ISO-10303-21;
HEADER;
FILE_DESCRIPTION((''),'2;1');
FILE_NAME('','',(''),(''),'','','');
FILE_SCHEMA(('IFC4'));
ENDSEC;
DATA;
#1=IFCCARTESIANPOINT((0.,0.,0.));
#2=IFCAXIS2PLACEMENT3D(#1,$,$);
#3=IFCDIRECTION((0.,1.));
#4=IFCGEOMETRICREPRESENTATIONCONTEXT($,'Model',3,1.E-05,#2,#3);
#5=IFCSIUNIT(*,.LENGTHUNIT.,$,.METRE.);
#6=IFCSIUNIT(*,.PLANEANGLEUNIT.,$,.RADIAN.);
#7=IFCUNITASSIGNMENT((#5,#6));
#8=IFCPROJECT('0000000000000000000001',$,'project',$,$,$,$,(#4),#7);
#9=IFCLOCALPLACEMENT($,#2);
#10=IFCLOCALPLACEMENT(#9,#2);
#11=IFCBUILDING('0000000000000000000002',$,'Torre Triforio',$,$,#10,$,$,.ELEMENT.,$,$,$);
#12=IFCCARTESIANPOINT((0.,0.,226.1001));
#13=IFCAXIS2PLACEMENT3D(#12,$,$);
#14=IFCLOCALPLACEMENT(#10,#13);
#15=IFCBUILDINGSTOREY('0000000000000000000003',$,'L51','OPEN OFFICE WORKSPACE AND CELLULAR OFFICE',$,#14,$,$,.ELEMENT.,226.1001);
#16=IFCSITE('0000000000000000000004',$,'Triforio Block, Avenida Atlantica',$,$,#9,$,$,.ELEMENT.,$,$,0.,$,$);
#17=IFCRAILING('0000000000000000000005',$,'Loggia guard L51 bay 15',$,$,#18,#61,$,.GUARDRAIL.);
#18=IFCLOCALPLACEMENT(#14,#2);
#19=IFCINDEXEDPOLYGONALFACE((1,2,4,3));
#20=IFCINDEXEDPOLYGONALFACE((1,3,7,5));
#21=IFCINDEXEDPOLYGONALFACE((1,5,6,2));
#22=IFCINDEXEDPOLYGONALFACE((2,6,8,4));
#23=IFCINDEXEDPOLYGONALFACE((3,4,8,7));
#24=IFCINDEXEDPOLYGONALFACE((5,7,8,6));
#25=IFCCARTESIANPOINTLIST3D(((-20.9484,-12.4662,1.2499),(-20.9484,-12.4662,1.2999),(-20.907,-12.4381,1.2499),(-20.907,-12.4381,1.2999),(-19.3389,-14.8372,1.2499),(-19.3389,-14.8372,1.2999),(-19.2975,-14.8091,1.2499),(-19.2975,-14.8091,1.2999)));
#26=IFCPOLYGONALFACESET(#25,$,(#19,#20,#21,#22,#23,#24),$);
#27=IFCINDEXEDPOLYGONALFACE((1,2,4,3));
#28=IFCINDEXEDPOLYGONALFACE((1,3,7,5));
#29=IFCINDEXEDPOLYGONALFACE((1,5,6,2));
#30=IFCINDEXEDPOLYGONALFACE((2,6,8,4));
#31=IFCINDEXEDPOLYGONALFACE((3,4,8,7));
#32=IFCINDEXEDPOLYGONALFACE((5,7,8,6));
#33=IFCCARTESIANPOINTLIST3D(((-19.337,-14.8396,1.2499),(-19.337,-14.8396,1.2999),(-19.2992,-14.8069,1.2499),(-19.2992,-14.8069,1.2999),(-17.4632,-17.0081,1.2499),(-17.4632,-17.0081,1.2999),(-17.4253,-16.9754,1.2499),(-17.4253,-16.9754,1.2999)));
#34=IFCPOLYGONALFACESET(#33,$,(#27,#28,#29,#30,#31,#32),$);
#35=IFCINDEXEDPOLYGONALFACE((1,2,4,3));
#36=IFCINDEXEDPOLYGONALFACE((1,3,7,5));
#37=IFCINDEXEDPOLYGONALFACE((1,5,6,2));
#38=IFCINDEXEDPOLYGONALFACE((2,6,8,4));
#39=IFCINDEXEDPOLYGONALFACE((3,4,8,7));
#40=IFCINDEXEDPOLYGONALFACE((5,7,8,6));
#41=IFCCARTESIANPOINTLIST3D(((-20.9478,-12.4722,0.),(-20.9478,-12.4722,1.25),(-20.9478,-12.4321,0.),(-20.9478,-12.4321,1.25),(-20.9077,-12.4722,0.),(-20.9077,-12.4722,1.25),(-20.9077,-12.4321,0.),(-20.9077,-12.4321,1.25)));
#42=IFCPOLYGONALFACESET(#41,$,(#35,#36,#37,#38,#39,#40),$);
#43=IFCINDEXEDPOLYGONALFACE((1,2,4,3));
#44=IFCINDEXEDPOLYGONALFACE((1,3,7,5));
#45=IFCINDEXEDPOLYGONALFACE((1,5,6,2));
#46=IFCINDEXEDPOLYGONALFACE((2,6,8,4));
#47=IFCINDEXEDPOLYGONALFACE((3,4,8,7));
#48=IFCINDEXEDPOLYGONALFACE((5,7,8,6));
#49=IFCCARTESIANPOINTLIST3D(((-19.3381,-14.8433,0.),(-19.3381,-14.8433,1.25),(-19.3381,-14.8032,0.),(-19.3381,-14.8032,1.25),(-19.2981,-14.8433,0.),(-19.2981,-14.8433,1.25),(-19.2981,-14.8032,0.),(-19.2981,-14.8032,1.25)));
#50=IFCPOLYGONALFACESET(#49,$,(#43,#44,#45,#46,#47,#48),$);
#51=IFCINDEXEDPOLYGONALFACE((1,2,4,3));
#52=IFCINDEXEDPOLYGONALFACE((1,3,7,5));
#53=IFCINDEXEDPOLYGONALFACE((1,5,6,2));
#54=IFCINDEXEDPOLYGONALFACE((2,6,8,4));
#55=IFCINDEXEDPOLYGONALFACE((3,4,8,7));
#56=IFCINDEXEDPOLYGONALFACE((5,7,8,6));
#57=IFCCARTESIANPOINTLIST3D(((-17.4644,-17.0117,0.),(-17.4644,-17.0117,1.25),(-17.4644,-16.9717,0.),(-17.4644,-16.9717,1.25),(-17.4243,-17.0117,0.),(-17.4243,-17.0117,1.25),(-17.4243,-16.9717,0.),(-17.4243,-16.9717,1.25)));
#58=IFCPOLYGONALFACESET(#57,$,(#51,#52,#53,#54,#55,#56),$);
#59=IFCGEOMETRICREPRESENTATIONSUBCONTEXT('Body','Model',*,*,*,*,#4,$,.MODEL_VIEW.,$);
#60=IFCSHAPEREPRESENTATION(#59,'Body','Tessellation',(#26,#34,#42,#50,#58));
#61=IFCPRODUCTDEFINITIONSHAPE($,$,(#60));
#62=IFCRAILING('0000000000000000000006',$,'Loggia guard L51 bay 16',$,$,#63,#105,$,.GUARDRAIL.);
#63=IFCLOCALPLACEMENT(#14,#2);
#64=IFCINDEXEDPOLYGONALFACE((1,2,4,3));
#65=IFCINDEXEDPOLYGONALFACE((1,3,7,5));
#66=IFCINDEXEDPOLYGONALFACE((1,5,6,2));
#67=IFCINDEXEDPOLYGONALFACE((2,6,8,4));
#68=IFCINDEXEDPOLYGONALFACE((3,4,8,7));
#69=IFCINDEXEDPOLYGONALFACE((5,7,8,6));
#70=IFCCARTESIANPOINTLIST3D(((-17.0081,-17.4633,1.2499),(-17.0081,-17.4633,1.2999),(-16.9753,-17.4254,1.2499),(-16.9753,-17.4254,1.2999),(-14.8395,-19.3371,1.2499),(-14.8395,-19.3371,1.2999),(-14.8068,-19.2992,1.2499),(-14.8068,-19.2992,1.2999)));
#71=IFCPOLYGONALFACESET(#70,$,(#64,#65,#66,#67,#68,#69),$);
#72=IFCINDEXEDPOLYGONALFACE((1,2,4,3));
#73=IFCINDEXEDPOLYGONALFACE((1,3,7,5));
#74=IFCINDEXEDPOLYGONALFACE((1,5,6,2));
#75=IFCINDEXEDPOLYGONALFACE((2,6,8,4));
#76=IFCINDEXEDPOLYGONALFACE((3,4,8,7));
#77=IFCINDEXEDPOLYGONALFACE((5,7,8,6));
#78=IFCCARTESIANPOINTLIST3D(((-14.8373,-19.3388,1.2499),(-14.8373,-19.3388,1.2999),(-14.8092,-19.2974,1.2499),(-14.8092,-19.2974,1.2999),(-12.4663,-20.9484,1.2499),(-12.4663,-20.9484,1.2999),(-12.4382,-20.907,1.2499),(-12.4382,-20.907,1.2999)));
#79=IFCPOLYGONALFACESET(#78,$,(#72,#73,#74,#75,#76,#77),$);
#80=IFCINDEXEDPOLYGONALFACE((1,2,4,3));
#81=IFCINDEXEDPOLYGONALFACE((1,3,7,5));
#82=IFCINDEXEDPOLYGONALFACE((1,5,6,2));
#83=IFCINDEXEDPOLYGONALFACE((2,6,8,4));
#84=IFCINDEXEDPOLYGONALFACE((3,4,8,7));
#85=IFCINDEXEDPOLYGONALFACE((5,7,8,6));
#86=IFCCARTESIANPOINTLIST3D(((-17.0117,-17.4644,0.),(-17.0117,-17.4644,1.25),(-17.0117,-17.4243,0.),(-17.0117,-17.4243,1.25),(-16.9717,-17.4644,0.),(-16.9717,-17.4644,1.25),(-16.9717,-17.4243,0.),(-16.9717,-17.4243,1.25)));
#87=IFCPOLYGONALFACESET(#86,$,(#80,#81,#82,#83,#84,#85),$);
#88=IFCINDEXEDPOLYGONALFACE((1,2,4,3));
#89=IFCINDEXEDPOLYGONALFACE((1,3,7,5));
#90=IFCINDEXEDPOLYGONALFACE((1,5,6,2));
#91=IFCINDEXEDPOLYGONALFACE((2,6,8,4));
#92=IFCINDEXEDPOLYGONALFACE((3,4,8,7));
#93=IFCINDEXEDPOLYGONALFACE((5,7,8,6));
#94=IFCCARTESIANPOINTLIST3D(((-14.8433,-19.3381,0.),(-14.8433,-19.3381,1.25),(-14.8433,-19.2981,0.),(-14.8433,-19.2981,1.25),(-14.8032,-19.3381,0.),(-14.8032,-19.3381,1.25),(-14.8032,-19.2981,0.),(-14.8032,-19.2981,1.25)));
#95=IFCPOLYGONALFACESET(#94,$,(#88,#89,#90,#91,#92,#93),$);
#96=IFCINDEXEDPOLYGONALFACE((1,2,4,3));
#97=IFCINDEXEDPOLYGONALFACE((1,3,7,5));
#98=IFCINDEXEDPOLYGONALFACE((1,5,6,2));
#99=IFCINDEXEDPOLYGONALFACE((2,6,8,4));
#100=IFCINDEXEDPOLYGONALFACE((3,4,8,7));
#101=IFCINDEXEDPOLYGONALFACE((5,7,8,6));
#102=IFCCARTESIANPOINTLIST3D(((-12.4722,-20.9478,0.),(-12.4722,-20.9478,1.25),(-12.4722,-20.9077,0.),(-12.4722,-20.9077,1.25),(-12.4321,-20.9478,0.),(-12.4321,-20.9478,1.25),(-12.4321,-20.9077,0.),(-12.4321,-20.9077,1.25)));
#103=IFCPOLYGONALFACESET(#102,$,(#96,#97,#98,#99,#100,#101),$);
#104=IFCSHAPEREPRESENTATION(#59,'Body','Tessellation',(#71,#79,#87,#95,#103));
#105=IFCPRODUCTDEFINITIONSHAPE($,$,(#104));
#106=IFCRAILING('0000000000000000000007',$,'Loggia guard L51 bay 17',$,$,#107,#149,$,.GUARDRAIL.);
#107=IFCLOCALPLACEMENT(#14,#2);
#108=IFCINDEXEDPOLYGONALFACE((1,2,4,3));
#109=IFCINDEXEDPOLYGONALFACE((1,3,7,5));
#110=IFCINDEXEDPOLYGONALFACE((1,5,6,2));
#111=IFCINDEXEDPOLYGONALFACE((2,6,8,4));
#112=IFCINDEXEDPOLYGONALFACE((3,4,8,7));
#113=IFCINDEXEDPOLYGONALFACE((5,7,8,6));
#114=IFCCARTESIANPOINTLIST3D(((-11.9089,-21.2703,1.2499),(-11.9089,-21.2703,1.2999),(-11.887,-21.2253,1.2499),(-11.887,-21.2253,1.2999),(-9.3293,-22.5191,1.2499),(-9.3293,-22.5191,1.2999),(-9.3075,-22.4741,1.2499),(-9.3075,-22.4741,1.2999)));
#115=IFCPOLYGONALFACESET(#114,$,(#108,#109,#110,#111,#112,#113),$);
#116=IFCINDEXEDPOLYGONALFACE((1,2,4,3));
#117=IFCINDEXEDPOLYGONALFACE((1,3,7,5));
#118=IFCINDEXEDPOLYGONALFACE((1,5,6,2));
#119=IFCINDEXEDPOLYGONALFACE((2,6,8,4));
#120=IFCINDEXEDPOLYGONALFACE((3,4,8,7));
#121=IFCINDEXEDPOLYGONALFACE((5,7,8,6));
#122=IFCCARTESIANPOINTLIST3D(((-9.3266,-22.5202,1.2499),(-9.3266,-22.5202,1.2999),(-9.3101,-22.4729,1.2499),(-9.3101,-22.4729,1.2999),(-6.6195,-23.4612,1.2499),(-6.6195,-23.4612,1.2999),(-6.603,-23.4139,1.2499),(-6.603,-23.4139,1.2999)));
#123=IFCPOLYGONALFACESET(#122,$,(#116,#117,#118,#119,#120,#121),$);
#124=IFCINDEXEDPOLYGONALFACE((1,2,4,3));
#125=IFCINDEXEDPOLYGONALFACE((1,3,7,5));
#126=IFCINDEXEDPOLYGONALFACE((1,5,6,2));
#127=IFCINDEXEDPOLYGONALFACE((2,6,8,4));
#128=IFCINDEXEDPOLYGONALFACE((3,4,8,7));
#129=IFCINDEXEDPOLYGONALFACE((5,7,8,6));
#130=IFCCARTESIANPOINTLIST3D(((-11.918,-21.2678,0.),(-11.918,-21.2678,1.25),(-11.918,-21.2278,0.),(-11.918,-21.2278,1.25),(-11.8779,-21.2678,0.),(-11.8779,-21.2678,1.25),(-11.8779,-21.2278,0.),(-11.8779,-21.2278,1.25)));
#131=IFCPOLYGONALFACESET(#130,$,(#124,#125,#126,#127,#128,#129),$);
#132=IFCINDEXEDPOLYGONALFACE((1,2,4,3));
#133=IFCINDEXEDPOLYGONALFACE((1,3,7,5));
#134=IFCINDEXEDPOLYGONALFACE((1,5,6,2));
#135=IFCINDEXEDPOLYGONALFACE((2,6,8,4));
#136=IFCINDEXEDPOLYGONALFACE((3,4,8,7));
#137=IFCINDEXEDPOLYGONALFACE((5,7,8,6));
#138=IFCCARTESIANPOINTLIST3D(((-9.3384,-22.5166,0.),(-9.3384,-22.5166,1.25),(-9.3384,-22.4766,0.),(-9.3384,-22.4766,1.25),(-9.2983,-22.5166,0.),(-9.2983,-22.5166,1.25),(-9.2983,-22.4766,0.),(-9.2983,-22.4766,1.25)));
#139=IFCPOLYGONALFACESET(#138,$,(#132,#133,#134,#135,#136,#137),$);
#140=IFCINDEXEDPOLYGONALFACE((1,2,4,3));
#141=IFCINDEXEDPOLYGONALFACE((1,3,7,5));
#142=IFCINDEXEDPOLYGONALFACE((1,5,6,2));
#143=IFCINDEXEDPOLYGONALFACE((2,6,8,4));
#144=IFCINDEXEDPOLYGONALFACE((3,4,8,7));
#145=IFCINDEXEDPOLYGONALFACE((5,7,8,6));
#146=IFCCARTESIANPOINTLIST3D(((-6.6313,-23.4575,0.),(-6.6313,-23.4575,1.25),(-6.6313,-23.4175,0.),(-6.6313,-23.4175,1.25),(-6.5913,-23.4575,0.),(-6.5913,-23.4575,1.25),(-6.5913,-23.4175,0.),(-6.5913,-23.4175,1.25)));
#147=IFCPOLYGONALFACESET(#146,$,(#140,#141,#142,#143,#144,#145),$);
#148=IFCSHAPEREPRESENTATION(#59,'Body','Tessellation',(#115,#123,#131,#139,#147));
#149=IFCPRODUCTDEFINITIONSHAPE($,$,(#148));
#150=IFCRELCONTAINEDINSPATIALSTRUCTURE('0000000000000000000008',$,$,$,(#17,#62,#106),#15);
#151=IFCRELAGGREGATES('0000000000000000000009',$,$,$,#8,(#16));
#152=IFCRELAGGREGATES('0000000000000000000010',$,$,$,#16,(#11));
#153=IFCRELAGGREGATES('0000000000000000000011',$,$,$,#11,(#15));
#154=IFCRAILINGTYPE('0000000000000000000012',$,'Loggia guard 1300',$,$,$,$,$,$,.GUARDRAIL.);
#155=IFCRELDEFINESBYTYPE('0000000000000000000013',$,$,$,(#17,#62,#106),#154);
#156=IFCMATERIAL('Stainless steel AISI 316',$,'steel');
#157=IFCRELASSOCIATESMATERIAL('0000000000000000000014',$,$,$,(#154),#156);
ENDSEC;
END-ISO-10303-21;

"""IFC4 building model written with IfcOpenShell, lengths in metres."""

from ifc_helpers import new_model, si_unit, direction, frame, origin, origin_2d, place, context, subcontext, project, spatial, rectangle, extrude, material, type_object, element, save


model = new_model("IFC4")

# Units and contexts
model_context = context("Model", 3, precision=1e-05, world=origin(), true_north=direction((0.0, 1.0)))
body_context = subcontext(model_context, "Body", "Model", "MODEL_VIEW")
ifc_project = project(units=[si_unit("LENGTHUNIT", "METRE"), si_unit("PLANEANGLEUNIT", "RADIAN")], contexts=[model_context])

# Site, building, storey
site_placement = place(None, origin())
site = spatial("IfcSite", under=ifc_project, at=site_placement, Name="Triforio Block, Avenida Atlantica", CompositionType="ELEMENT", RefElevation=0.0)
building_placement = place(site_placement, origin())
building = spatial("IfcBuilding", under=site, at=building_placement, Name="Torre Triforio", CompositionType="ELEMENT")
storey_placement = place(building_placement, frame((0.0, 0.0, 226.1001)))
storey = spatial("IfcBuildingStorey", under=building, at=storey_placement, Name="L51", Description="OPEN OFFICE WORKSPACE AND CELLULAR OFFICE", CompositionType="ELEMENT", Elevation=226.1001)

# Railings
ifc_material_1 = material(Name="Stainless steel AISI 316", Category="steel")
railing_type = type_object("IfcRailingType", Name="Loggia guard 1300", PredefinedType="GUARDRAIL", material=ifc_material_1)
railing_1_placement = place(storey_placement, frame((-20.9277, -12.4521, 0.0)))
element("IfcRailing", 1, at=railing_1_placement, inside=storey, type_object=railing_type, Name="Loggia guard L51 bay 15", PredefinedType="GUARDRAIL", context=body_context, shape_type="SweptSolid", body=[
    extrude(rectangle(XDim=0.05, YDim=0.05, at=origin_2d()), frame((0.0, 0.0, 1.2749), z_axis=(0.56166, -0.827368, 0.0), x_axis=(0.827368, 0.56166, 0.0)), (0.0, 0.0, 1.0), 2.8657),
    extrude(rectangle(XDim=0.05, YDim=0.05, at=origin_2d()), frame((1.6096, -2.3711, 1.2749), z_axis=(0.653824, -0.756647, 0.0), x_axis=(0.756647, 0.653824, 0.0)), (0.0, 0.0, 1.0), 2.866),
    extrude(rectangle(XDim=0.04, YDim=0.04, at=origin_2d()), origin(), (0.0, 0.0, 1.0), 1.25),
    extrude(rectangle(XDim=0.04, YDim=0.04, at=origin_2d()), frame((1.6096, -2.3711, 0.0)), (0.0, 0.0, 1.0), 1.25),
    extrude(rectangle(XDim=0.04, YDim=0.04, at=origin_2d()), frame((3.4834, -4.5396, 0.0)), (0.0, 0.0, 1.0), 1.25),
])
railing_2_placement = place(storey_placement, frame((-16.9917, -17.4443, 0.0)))
element("IfcRailing", 2, at=railing_2_placement, inside=storey, type_object=railing_type, Name="Loggia guard L51 bay 16", PredefinedType="GUARDRAIL", context=body_context, shape_type="SweptSolid", body=[
    extrude(rectangle(XDim=0.05, YDim=0.05, at=origin_2d()), frame((0.0, 0.0, 1.2749), z_axis=(0.756647, -0.653824, 0.0), x_axis=(0.653824, 0.756647, 0.0)), (0.0, 0.0, 1.0), 2.866),
    extrude(rectangle(XDim=0.05, YDim=0.05, at=origin_2d()), frame((2.1685, -1.8738, 1.2749), z_axis=(0.827368, -0.56166, 0.0), x_axis=(0.56166, 0.827368, 0.0)), (0.0, 0.0, 1.0), 2.8657),
    extrude(rectangle(XDim=0.04, YDim=0.04, at=origin_2d()), origin(), (0.0, 0.0, 1.0), 1.25),
    extrude(rectangle(XDim=0.04, YDim=0.04, at=origin_2d()), frame((2.1685, -1.8738, 0.0)), (0.0, 0.0, 1.0), 1.25),
    extrude(rectangle(XDim=0.04, YDim=0.04, at=origin_2d()), frame((4.5396, -3.4834, 0.0)), (0.0, 0.0, 1.0), 1.25),
])
railing_3_placement = place(storey_placement, frame((-11.8979, -21.2478, 0.0)))
element("IfcRailing", 3, at=railing_3_placement, inside=storey, type_object=railing_type, Name="Loggia guard L51 bay 17", PredefinedType="GUARDRAIL", context=body_context, shape_type="SweptSolid", body=[
    extrude(rectangle(XDim=0.05, YDim=0.05, at=origin_2d()), frame((0.0, 0.0, 1.2749), z_axis=(0.900078, -0.435728, 0.0), x_axis=(0.435728, 0.900078, 0.0)), (0.0, 0.0, 1.0), 2.866),
    extrude(rectangle(XDim=0.05, YDim=0.05, at=origin_2d()), frame((2.5796, -1.2488, 1.2749), z_axis=(0.944568, -0.328316, 0.0), x_axis=(0.328316, 0.944568, 0.0)), (0.0, 0.0, 1.0), 2.866),
    extrude(rectangle(XDim=0.04, YDim=0.04, at=origin_2d()), origin(), (0.0, 0.0, 1.0), 1.25),
    extrude(rectangle(XDim=0.04, YDim=0.04, at=origin_2d()), frame((2.5796, -1.2488, 0.0)), (0.0, 0.0, 1.0), 1.25),
    extrude(rectangle(XDim=0.04, YDim=0.04, at=origin_2d()), frame((5.2866, -2.1897, 0.0)), (0.0, 0.0, 1.0), 1.25),
])

save(model, "model.ifc")
